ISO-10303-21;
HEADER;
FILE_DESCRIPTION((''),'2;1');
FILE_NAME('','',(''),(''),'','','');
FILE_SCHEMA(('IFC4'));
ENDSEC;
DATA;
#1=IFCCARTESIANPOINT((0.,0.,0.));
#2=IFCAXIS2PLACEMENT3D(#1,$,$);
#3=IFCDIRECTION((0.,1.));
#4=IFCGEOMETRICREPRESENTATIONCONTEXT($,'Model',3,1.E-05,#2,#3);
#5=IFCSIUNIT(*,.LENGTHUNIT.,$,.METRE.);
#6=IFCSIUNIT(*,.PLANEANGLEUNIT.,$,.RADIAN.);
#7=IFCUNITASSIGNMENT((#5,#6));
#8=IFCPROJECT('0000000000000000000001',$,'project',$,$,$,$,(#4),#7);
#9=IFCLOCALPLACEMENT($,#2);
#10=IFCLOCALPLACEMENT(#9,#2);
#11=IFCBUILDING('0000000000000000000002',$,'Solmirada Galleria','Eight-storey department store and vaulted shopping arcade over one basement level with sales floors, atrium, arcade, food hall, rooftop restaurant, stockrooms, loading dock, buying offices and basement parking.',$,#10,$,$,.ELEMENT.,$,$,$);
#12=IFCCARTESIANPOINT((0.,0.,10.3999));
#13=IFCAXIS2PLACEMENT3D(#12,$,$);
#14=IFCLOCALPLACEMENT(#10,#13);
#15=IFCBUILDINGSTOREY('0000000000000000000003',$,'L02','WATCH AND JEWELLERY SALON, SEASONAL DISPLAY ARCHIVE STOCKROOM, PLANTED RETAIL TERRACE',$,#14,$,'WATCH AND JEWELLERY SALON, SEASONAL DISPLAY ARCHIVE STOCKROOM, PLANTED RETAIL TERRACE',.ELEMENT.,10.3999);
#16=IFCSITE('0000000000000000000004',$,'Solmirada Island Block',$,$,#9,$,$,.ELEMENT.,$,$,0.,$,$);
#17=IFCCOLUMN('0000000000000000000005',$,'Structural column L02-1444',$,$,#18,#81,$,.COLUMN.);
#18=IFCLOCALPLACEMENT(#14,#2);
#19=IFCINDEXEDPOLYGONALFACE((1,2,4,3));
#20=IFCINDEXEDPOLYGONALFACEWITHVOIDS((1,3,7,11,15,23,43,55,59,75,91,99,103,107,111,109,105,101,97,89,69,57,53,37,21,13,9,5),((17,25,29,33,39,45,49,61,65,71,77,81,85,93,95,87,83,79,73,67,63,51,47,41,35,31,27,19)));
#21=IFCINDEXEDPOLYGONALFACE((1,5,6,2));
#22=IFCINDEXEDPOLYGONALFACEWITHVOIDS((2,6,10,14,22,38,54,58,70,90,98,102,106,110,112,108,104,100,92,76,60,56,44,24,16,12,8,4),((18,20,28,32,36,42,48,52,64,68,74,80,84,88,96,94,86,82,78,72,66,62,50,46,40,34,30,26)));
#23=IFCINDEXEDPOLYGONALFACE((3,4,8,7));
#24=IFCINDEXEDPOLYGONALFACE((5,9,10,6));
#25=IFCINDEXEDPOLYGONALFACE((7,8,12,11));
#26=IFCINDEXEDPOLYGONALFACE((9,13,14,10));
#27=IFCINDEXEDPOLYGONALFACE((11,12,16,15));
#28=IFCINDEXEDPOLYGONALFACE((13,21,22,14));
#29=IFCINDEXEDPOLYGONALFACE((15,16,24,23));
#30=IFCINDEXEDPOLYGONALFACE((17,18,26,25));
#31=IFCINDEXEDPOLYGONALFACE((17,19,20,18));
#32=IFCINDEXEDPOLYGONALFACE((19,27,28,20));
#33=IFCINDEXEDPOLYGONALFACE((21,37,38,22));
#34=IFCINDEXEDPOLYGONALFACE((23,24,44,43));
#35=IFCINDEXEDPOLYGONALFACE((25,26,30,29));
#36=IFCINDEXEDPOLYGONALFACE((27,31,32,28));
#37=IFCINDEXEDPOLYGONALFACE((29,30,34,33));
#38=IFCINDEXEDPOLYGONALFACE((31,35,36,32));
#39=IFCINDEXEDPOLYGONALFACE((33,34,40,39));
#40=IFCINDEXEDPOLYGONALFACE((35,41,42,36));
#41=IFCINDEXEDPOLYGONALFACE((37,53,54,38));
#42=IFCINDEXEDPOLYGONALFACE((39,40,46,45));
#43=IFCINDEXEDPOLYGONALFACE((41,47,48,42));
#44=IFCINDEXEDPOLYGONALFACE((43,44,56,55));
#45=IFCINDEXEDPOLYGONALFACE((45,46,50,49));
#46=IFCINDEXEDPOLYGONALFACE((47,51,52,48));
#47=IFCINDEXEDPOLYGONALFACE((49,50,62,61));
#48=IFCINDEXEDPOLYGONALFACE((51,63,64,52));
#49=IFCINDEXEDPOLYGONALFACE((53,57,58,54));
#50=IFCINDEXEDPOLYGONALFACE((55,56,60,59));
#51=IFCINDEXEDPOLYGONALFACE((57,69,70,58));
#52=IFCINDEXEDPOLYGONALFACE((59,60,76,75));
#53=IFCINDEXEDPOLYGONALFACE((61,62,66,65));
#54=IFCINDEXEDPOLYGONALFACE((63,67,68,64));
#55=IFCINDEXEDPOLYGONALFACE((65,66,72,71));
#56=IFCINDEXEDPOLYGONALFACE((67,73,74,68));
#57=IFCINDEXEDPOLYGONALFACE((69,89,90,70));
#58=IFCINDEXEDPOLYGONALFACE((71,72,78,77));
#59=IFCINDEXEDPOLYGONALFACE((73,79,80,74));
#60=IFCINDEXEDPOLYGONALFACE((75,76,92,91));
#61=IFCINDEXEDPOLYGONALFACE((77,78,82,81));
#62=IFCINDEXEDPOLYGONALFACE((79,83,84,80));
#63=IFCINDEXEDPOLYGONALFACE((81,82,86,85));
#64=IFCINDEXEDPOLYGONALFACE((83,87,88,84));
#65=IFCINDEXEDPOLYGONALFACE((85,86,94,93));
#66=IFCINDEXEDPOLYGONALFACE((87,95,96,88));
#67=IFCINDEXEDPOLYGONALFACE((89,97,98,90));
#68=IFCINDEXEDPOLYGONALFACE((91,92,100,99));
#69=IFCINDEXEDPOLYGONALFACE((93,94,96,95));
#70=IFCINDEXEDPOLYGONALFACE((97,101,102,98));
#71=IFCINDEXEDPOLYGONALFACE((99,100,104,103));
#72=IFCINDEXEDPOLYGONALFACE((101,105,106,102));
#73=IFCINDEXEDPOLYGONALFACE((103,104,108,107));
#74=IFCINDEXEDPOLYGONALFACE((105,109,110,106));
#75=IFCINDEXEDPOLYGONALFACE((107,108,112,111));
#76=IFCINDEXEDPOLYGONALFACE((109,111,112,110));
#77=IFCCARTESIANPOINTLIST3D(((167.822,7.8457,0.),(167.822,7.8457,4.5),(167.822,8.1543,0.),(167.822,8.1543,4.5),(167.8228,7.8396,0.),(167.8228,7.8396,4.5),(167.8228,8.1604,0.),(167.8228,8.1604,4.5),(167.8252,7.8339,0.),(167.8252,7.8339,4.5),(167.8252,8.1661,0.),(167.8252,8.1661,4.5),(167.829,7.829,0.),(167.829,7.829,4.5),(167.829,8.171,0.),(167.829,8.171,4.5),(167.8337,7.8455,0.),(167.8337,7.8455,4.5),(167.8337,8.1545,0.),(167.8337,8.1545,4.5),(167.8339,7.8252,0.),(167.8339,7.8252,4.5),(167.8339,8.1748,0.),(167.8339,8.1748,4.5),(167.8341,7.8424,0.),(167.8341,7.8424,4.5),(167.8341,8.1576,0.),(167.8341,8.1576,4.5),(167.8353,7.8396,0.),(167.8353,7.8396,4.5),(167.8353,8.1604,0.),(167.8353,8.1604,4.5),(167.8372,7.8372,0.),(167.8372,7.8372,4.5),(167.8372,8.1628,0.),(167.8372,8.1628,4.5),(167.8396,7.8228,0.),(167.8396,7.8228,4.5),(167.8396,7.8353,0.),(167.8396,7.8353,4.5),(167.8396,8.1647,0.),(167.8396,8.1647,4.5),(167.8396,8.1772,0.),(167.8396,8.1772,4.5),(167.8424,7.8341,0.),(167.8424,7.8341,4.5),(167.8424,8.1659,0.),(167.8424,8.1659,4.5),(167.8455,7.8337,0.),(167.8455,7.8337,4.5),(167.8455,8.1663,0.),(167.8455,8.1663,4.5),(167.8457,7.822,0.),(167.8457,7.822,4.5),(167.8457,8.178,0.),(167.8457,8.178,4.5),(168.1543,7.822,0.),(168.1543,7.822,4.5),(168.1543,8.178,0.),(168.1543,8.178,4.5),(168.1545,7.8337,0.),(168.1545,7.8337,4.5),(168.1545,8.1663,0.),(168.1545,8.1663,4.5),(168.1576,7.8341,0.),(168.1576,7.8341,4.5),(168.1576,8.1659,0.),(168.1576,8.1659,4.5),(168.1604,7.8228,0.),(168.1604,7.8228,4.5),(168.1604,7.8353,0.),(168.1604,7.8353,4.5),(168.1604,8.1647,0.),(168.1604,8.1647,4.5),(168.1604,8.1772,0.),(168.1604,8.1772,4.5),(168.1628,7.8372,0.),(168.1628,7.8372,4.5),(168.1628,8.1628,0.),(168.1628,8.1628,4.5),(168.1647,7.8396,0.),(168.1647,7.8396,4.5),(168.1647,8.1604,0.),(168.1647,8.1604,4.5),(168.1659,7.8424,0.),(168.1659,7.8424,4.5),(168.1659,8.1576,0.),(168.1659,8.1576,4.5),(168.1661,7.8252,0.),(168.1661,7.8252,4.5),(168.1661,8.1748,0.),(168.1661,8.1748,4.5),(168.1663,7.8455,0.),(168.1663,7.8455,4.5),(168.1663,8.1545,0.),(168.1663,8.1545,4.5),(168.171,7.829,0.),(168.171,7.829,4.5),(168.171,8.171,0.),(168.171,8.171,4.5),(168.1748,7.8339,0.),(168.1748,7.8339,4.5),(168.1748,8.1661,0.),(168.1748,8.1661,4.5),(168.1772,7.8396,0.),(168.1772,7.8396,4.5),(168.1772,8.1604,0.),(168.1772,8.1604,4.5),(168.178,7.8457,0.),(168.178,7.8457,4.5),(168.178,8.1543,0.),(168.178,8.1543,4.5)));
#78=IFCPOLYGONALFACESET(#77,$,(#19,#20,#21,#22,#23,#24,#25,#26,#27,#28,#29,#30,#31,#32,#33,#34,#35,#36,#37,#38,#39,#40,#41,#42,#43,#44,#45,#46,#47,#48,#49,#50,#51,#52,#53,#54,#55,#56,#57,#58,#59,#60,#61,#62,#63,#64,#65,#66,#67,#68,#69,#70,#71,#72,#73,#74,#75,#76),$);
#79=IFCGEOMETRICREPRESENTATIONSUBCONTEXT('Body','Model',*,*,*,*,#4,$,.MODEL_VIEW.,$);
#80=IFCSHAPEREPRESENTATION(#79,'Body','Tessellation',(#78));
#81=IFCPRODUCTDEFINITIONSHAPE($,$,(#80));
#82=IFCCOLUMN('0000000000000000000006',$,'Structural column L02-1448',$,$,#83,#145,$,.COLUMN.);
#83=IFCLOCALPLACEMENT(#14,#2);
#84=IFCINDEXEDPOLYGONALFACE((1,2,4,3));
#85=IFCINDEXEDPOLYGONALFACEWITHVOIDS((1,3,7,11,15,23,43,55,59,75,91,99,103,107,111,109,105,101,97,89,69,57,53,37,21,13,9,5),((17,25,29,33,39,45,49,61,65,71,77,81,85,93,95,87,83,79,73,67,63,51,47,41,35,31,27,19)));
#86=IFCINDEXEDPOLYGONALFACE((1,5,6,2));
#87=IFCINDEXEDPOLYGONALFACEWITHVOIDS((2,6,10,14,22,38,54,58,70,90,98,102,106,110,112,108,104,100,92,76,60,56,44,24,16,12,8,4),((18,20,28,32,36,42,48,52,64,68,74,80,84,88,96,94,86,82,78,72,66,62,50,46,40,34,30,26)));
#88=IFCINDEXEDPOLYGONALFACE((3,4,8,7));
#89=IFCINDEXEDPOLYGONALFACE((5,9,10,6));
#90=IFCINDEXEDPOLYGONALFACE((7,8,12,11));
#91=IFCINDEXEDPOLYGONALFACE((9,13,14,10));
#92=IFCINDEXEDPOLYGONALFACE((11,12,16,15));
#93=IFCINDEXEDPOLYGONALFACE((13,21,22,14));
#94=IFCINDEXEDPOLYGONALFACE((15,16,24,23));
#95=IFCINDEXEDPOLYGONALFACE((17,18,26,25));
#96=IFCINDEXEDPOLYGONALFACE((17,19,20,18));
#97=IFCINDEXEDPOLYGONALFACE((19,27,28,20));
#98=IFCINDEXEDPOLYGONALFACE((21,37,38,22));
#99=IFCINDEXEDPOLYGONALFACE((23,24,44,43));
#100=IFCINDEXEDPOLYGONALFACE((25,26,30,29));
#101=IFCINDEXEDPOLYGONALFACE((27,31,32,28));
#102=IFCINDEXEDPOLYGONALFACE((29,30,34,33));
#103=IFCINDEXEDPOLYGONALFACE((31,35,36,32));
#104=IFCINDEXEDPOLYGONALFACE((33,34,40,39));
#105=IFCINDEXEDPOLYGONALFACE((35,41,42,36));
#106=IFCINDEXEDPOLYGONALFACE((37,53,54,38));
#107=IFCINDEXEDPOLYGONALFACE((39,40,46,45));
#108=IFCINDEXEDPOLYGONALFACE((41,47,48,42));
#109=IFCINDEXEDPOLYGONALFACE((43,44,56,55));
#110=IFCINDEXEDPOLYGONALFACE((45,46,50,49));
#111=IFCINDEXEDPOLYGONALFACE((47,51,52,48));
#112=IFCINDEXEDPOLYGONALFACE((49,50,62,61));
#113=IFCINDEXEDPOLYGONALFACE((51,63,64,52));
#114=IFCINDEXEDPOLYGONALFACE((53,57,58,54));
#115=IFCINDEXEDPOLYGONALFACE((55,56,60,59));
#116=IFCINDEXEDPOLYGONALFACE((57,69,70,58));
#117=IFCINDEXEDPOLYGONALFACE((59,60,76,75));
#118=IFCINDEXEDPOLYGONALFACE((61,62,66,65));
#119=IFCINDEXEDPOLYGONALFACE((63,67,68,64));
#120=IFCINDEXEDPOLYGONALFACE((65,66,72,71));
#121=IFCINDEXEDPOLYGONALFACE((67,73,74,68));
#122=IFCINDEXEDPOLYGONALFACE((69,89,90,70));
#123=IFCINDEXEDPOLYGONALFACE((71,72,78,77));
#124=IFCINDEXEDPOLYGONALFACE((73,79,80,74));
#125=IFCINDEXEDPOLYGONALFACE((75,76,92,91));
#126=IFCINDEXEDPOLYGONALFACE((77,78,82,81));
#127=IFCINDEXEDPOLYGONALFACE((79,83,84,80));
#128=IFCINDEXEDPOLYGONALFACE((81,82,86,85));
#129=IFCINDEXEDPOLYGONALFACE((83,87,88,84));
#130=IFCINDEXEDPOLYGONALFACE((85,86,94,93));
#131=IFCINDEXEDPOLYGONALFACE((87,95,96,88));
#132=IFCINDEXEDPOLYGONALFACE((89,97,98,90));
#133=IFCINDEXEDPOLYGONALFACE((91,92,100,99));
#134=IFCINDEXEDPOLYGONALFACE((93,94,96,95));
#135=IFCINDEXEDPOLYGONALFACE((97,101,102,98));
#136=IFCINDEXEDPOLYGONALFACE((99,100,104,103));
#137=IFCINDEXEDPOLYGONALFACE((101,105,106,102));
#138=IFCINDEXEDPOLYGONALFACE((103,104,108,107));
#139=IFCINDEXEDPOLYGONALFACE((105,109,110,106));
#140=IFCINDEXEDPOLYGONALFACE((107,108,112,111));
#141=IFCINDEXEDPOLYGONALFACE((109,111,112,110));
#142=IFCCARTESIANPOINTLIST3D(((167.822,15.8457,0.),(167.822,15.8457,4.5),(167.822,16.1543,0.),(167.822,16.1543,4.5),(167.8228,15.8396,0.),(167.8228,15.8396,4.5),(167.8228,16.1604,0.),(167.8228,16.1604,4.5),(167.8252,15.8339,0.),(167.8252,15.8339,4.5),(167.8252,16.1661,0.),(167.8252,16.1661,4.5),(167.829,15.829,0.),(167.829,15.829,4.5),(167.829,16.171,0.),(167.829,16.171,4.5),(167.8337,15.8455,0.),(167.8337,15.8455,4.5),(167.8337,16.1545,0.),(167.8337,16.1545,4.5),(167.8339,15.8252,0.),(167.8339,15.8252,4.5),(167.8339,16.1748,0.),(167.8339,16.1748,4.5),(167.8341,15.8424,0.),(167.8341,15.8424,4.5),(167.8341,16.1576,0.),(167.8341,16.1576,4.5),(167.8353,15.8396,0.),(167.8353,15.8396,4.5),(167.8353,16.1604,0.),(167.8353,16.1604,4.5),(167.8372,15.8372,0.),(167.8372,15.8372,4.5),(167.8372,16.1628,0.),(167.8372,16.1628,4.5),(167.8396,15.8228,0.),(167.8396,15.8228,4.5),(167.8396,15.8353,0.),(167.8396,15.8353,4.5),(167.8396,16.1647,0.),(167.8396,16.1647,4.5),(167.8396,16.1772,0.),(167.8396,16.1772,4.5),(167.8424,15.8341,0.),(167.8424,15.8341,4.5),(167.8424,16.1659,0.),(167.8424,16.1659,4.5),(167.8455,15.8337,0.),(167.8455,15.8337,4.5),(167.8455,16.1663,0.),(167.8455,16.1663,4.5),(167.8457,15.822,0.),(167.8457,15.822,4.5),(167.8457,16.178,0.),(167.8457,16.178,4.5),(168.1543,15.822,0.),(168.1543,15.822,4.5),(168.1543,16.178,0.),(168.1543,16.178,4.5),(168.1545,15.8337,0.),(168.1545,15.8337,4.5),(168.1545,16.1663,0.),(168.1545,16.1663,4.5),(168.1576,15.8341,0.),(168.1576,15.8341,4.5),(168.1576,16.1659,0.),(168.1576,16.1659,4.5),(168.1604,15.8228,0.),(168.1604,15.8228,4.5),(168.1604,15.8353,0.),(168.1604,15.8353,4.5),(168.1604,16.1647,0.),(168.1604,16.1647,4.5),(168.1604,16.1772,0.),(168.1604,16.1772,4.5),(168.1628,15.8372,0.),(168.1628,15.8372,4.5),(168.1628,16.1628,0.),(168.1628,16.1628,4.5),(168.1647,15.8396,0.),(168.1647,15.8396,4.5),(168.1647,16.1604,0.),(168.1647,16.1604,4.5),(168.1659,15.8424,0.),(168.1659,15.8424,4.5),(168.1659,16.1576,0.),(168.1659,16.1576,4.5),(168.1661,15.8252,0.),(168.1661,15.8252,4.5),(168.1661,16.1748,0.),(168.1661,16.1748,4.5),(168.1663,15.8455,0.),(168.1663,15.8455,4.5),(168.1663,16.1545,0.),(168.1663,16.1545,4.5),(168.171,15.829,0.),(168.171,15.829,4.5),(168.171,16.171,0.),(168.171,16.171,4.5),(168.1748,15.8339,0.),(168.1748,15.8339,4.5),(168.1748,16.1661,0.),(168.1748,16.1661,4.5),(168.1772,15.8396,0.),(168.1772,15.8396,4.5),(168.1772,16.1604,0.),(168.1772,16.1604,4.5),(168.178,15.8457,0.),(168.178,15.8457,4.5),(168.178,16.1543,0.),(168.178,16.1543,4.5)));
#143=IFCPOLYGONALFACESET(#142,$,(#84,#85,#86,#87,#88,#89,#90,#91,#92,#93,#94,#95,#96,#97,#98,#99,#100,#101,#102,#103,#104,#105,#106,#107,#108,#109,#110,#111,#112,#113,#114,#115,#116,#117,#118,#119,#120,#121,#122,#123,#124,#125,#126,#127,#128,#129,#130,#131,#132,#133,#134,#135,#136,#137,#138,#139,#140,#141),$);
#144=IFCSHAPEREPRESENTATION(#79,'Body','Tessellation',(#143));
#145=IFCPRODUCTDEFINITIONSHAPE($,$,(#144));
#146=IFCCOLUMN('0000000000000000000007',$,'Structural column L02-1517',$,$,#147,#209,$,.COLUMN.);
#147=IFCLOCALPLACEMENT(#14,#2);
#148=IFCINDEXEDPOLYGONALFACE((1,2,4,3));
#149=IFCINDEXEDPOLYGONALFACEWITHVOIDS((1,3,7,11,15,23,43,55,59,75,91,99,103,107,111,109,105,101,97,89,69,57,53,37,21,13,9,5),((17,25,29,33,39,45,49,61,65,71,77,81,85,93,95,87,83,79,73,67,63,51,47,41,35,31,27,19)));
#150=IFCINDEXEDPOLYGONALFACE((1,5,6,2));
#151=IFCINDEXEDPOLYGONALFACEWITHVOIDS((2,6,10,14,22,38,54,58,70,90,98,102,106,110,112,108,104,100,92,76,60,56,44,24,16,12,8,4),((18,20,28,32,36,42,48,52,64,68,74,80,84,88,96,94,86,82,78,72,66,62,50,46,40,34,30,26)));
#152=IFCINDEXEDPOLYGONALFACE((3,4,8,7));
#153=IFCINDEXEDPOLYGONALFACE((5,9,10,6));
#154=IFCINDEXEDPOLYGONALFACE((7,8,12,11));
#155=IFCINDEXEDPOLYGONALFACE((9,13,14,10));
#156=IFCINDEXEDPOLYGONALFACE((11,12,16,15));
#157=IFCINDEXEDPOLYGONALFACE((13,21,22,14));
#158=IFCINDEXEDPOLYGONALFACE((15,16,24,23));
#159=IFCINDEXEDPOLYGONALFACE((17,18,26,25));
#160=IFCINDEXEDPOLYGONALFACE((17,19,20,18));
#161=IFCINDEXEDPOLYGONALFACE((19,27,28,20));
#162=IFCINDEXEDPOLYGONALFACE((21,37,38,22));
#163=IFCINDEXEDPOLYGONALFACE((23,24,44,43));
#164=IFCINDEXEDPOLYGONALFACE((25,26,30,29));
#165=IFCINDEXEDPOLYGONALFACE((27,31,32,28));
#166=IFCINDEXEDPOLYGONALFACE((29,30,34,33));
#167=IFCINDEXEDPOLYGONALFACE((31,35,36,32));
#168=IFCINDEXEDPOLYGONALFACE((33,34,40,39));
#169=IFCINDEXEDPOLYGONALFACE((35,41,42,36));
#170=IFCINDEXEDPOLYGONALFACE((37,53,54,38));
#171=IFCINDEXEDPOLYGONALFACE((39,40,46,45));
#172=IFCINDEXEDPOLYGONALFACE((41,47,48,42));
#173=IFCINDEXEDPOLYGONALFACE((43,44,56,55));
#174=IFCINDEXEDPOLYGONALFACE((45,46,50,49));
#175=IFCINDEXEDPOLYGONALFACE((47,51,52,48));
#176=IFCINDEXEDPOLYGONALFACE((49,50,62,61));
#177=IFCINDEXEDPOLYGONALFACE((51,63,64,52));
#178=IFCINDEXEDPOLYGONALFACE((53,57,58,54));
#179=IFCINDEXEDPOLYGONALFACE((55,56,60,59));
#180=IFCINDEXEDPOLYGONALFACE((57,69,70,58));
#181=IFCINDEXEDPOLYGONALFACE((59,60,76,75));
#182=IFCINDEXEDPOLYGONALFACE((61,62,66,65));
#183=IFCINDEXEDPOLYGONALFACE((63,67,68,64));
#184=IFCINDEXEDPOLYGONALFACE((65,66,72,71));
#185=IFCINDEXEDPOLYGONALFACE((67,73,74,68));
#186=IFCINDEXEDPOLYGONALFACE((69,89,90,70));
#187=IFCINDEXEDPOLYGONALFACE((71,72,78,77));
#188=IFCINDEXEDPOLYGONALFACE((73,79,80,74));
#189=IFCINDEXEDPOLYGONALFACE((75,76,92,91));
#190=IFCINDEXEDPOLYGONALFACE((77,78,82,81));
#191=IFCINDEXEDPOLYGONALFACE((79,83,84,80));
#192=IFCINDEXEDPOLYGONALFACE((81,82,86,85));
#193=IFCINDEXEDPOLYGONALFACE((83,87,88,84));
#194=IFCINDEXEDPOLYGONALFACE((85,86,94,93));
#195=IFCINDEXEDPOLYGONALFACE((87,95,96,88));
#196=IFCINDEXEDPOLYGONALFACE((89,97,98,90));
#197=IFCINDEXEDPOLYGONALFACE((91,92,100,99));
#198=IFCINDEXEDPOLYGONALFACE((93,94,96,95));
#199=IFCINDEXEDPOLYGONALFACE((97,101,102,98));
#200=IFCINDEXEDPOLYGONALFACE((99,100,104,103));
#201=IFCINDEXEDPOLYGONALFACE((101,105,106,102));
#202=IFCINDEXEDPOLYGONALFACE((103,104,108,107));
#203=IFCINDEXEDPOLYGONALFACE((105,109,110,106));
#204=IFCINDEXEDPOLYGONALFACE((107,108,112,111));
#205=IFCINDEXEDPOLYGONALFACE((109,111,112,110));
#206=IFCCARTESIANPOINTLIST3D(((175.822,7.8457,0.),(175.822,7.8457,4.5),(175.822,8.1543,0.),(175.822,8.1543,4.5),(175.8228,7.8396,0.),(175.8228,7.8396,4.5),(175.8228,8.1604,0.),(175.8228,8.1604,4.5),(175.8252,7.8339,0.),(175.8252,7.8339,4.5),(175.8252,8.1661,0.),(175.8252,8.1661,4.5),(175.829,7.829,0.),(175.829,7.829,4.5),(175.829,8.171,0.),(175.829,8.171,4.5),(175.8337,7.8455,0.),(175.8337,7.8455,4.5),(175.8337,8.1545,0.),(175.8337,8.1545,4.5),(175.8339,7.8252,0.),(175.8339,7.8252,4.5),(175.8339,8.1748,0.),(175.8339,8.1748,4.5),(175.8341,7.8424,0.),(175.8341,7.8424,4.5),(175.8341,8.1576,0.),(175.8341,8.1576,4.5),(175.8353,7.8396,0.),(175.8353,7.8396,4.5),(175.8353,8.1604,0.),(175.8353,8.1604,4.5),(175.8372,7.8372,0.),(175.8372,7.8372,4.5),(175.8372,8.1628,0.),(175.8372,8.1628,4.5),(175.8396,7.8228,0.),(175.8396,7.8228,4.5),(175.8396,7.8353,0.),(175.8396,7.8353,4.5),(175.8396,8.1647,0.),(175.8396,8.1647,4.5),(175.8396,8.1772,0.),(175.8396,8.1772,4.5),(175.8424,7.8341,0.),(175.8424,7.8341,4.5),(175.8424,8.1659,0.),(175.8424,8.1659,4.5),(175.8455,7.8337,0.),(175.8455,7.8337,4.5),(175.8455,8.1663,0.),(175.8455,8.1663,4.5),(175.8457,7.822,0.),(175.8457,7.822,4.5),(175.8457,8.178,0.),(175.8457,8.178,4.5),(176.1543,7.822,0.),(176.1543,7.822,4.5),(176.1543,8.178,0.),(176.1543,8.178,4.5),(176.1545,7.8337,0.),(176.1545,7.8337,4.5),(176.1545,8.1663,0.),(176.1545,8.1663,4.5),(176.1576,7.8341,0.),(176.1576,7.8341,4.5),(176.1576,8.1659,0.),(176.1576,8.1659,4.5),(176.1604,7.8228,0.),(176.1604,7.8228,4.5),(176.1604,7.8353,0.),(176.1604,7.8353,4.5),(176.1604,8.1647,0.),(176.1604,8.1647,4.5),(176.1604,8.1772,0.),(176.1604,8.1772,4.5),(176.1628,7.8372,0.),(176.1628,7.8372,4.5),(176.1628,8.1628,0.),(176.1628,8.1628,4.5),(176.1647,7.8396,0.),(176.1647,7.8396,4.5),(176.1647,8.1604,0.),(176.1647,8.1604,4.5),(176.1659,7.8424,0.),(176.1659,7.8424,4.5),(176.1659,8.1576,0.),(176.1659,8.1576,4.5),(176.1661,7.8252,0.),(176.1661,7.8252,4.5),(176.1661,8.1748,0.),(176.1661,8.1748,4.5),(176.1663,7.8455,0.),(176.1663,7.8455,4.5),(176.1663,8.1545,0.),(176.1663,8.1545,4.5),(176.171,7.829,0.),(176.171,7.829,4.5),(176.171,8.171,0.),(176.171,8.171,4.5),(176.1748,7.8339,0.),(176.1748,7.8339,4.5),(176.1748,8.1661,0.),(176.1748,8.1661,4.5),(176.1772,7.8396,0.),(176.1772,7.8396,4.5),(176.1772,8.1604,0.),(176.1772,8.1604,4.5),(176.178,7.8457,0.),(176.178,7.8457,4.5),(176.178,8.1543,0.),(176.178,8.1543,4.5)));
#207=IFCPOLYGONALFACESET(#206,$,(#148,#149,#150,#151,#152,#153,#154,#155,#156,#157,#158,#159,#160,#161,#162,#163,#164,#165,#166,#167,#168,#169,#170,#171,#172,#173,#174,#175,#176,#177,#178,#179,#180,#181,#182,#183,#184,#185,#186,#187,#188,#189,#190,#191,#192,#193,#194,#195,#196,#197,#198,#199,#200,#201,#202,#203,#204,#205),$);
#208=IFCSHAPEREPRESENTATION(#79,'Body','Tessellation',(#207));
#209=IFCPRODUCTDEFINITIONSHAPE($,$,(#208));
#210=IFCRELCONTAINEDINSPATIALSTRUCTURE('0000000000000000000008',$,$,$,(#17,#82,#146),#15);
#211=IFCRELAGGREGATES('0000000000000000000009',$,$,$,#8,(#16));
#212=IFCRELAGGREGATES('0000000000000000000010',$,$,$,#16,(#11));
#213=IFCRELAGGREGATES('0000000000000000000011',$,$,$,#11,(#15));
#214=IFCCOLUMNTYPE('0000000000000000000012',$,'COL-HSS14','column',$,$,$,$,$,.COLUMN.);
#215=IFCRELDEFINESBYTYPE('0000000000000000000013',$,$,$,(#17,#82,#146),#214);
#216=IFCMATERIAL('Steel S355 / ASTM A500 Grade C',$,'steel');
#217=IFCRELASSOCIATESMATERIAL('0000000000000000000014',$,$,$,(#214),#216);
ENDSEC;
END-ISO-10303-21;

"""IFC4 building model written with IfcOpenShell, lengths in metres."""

from ifc_helpers import new_model, si_unit, direction, frame, origin, origin_2d, place, context, subcontext, project, spatial, hollow_rectangle, extrude, material, material_profile, profile_set, type_object, element, save


model = new_model("IFC4")

# Units and contexts
model_context = context("Model", 3, precision=1e-05, world=origin(), true_north=direction((0.0, 1.0)))
body_context = subcontext(model_context, "Body", "Model", "MODEL_VIEW")
ifc_project = project(units=[si_unit("LENGTHUNIT", "METRE"), si_unit("PLANEANGLEUNIT", "RADIAN")], contexts=[model_context])

# Site, building, storey
site_placement = place(None, origin())
site = spatial("IfcSite", under=ifc_project, at=site_placement, Name="Solmirada Island Block", CompositionType="ELEMENT", RefElevation=0.0)
building_placement = place(site_placement, origin())
building = spatial("IfcBuilding", under=site, at=building_placement, Name="Solmirada Galleria", Description="Eight-storey department store and vaulted shopping arcade over one basement level with sales floors, atrium, arcade, food hall, rooftop restaurant, stockrooms, loading dock, buying offices and basement parking.", CompositionType="ELEMENT")
storey_placement = place(building_placement, frame((0.0, 0.0, 10.3999)))
storey = spatial("IfcBuildingStorey", under=building, at=storey_placement, Name="L02", Description="WATCH AND JEWELLERY SALON, SEASONAL DISPLAY ARCHIVE STOCKROOM, PLANTED RETAIL TERRACE", LongName="WATCH AND JEWELLERY SALON, SEASONAL DISPLAY ARCHIVE STOCKROOM, PLANTED RETAIL TERRACE", CompositionType="ELEMENT", Elevation=10.3999)

# Columns
ifc_material_1 = material(Name="Steel S355 / ASTM A500 Grade C", Category="steel")
ifc_material_profile_1 = material_profile(ifc_material_1, hollow_rectangle(XDim=0.356, YDim=0.356, WallThickness=0.0117, InnerFilletRadius=0.0117, OuterFilletRadius=0.0237, at=origin_2d()), Name="HSS14X14X1/2")
ifc_profile_set_1 = profile_set([ifc_material_profile_1], Name="Steel S355 / ASTM A500 Grade C")
column_type = type_object("IfcColumnType", Name="COL-HSS14", Description="column", PredefinedType="COLUMN", material=ifc_profile_set_1)
for number, where, z_axis, x_axis, name in (
    (1, (168.0, 8.0, 0.0), (0.0, 0.0, 1.0), (1.0, 0.0, 0.0), "Structural column L02-1444"),
    (2, (168.0, 16.0, 0.0), (0.0, 0.0, 1.0), (1.0, 0.0, 0.0), "Structural column L02-1448"),
    (3, (176.0, 8.0, 0.0), (0.0, 0.0, 1.0), (1.0, 0.0, 0.0), "Structural column L02-1517"),
):
    element("IfcColumn", number, at=place(storey_placement, frame(where, z_axis=z_axis, x_axis=x_axis)), inside=storey, type_object=column_type, Name=name, PredefinedType="COLUMN", context=body_context, shape_type="SweptSolid", body=[
        extrude(hollow_rectangle(XDim=0.356, YDim=0.356, WallThickness=0.0117, InnerFilletRadius=0.0117, OuterFilletRadius=0.0237, at=origin_2d()), origin(), (0.0, 0.0, 1.0), 4.5),
    ])

save(model, "model.ifc")
